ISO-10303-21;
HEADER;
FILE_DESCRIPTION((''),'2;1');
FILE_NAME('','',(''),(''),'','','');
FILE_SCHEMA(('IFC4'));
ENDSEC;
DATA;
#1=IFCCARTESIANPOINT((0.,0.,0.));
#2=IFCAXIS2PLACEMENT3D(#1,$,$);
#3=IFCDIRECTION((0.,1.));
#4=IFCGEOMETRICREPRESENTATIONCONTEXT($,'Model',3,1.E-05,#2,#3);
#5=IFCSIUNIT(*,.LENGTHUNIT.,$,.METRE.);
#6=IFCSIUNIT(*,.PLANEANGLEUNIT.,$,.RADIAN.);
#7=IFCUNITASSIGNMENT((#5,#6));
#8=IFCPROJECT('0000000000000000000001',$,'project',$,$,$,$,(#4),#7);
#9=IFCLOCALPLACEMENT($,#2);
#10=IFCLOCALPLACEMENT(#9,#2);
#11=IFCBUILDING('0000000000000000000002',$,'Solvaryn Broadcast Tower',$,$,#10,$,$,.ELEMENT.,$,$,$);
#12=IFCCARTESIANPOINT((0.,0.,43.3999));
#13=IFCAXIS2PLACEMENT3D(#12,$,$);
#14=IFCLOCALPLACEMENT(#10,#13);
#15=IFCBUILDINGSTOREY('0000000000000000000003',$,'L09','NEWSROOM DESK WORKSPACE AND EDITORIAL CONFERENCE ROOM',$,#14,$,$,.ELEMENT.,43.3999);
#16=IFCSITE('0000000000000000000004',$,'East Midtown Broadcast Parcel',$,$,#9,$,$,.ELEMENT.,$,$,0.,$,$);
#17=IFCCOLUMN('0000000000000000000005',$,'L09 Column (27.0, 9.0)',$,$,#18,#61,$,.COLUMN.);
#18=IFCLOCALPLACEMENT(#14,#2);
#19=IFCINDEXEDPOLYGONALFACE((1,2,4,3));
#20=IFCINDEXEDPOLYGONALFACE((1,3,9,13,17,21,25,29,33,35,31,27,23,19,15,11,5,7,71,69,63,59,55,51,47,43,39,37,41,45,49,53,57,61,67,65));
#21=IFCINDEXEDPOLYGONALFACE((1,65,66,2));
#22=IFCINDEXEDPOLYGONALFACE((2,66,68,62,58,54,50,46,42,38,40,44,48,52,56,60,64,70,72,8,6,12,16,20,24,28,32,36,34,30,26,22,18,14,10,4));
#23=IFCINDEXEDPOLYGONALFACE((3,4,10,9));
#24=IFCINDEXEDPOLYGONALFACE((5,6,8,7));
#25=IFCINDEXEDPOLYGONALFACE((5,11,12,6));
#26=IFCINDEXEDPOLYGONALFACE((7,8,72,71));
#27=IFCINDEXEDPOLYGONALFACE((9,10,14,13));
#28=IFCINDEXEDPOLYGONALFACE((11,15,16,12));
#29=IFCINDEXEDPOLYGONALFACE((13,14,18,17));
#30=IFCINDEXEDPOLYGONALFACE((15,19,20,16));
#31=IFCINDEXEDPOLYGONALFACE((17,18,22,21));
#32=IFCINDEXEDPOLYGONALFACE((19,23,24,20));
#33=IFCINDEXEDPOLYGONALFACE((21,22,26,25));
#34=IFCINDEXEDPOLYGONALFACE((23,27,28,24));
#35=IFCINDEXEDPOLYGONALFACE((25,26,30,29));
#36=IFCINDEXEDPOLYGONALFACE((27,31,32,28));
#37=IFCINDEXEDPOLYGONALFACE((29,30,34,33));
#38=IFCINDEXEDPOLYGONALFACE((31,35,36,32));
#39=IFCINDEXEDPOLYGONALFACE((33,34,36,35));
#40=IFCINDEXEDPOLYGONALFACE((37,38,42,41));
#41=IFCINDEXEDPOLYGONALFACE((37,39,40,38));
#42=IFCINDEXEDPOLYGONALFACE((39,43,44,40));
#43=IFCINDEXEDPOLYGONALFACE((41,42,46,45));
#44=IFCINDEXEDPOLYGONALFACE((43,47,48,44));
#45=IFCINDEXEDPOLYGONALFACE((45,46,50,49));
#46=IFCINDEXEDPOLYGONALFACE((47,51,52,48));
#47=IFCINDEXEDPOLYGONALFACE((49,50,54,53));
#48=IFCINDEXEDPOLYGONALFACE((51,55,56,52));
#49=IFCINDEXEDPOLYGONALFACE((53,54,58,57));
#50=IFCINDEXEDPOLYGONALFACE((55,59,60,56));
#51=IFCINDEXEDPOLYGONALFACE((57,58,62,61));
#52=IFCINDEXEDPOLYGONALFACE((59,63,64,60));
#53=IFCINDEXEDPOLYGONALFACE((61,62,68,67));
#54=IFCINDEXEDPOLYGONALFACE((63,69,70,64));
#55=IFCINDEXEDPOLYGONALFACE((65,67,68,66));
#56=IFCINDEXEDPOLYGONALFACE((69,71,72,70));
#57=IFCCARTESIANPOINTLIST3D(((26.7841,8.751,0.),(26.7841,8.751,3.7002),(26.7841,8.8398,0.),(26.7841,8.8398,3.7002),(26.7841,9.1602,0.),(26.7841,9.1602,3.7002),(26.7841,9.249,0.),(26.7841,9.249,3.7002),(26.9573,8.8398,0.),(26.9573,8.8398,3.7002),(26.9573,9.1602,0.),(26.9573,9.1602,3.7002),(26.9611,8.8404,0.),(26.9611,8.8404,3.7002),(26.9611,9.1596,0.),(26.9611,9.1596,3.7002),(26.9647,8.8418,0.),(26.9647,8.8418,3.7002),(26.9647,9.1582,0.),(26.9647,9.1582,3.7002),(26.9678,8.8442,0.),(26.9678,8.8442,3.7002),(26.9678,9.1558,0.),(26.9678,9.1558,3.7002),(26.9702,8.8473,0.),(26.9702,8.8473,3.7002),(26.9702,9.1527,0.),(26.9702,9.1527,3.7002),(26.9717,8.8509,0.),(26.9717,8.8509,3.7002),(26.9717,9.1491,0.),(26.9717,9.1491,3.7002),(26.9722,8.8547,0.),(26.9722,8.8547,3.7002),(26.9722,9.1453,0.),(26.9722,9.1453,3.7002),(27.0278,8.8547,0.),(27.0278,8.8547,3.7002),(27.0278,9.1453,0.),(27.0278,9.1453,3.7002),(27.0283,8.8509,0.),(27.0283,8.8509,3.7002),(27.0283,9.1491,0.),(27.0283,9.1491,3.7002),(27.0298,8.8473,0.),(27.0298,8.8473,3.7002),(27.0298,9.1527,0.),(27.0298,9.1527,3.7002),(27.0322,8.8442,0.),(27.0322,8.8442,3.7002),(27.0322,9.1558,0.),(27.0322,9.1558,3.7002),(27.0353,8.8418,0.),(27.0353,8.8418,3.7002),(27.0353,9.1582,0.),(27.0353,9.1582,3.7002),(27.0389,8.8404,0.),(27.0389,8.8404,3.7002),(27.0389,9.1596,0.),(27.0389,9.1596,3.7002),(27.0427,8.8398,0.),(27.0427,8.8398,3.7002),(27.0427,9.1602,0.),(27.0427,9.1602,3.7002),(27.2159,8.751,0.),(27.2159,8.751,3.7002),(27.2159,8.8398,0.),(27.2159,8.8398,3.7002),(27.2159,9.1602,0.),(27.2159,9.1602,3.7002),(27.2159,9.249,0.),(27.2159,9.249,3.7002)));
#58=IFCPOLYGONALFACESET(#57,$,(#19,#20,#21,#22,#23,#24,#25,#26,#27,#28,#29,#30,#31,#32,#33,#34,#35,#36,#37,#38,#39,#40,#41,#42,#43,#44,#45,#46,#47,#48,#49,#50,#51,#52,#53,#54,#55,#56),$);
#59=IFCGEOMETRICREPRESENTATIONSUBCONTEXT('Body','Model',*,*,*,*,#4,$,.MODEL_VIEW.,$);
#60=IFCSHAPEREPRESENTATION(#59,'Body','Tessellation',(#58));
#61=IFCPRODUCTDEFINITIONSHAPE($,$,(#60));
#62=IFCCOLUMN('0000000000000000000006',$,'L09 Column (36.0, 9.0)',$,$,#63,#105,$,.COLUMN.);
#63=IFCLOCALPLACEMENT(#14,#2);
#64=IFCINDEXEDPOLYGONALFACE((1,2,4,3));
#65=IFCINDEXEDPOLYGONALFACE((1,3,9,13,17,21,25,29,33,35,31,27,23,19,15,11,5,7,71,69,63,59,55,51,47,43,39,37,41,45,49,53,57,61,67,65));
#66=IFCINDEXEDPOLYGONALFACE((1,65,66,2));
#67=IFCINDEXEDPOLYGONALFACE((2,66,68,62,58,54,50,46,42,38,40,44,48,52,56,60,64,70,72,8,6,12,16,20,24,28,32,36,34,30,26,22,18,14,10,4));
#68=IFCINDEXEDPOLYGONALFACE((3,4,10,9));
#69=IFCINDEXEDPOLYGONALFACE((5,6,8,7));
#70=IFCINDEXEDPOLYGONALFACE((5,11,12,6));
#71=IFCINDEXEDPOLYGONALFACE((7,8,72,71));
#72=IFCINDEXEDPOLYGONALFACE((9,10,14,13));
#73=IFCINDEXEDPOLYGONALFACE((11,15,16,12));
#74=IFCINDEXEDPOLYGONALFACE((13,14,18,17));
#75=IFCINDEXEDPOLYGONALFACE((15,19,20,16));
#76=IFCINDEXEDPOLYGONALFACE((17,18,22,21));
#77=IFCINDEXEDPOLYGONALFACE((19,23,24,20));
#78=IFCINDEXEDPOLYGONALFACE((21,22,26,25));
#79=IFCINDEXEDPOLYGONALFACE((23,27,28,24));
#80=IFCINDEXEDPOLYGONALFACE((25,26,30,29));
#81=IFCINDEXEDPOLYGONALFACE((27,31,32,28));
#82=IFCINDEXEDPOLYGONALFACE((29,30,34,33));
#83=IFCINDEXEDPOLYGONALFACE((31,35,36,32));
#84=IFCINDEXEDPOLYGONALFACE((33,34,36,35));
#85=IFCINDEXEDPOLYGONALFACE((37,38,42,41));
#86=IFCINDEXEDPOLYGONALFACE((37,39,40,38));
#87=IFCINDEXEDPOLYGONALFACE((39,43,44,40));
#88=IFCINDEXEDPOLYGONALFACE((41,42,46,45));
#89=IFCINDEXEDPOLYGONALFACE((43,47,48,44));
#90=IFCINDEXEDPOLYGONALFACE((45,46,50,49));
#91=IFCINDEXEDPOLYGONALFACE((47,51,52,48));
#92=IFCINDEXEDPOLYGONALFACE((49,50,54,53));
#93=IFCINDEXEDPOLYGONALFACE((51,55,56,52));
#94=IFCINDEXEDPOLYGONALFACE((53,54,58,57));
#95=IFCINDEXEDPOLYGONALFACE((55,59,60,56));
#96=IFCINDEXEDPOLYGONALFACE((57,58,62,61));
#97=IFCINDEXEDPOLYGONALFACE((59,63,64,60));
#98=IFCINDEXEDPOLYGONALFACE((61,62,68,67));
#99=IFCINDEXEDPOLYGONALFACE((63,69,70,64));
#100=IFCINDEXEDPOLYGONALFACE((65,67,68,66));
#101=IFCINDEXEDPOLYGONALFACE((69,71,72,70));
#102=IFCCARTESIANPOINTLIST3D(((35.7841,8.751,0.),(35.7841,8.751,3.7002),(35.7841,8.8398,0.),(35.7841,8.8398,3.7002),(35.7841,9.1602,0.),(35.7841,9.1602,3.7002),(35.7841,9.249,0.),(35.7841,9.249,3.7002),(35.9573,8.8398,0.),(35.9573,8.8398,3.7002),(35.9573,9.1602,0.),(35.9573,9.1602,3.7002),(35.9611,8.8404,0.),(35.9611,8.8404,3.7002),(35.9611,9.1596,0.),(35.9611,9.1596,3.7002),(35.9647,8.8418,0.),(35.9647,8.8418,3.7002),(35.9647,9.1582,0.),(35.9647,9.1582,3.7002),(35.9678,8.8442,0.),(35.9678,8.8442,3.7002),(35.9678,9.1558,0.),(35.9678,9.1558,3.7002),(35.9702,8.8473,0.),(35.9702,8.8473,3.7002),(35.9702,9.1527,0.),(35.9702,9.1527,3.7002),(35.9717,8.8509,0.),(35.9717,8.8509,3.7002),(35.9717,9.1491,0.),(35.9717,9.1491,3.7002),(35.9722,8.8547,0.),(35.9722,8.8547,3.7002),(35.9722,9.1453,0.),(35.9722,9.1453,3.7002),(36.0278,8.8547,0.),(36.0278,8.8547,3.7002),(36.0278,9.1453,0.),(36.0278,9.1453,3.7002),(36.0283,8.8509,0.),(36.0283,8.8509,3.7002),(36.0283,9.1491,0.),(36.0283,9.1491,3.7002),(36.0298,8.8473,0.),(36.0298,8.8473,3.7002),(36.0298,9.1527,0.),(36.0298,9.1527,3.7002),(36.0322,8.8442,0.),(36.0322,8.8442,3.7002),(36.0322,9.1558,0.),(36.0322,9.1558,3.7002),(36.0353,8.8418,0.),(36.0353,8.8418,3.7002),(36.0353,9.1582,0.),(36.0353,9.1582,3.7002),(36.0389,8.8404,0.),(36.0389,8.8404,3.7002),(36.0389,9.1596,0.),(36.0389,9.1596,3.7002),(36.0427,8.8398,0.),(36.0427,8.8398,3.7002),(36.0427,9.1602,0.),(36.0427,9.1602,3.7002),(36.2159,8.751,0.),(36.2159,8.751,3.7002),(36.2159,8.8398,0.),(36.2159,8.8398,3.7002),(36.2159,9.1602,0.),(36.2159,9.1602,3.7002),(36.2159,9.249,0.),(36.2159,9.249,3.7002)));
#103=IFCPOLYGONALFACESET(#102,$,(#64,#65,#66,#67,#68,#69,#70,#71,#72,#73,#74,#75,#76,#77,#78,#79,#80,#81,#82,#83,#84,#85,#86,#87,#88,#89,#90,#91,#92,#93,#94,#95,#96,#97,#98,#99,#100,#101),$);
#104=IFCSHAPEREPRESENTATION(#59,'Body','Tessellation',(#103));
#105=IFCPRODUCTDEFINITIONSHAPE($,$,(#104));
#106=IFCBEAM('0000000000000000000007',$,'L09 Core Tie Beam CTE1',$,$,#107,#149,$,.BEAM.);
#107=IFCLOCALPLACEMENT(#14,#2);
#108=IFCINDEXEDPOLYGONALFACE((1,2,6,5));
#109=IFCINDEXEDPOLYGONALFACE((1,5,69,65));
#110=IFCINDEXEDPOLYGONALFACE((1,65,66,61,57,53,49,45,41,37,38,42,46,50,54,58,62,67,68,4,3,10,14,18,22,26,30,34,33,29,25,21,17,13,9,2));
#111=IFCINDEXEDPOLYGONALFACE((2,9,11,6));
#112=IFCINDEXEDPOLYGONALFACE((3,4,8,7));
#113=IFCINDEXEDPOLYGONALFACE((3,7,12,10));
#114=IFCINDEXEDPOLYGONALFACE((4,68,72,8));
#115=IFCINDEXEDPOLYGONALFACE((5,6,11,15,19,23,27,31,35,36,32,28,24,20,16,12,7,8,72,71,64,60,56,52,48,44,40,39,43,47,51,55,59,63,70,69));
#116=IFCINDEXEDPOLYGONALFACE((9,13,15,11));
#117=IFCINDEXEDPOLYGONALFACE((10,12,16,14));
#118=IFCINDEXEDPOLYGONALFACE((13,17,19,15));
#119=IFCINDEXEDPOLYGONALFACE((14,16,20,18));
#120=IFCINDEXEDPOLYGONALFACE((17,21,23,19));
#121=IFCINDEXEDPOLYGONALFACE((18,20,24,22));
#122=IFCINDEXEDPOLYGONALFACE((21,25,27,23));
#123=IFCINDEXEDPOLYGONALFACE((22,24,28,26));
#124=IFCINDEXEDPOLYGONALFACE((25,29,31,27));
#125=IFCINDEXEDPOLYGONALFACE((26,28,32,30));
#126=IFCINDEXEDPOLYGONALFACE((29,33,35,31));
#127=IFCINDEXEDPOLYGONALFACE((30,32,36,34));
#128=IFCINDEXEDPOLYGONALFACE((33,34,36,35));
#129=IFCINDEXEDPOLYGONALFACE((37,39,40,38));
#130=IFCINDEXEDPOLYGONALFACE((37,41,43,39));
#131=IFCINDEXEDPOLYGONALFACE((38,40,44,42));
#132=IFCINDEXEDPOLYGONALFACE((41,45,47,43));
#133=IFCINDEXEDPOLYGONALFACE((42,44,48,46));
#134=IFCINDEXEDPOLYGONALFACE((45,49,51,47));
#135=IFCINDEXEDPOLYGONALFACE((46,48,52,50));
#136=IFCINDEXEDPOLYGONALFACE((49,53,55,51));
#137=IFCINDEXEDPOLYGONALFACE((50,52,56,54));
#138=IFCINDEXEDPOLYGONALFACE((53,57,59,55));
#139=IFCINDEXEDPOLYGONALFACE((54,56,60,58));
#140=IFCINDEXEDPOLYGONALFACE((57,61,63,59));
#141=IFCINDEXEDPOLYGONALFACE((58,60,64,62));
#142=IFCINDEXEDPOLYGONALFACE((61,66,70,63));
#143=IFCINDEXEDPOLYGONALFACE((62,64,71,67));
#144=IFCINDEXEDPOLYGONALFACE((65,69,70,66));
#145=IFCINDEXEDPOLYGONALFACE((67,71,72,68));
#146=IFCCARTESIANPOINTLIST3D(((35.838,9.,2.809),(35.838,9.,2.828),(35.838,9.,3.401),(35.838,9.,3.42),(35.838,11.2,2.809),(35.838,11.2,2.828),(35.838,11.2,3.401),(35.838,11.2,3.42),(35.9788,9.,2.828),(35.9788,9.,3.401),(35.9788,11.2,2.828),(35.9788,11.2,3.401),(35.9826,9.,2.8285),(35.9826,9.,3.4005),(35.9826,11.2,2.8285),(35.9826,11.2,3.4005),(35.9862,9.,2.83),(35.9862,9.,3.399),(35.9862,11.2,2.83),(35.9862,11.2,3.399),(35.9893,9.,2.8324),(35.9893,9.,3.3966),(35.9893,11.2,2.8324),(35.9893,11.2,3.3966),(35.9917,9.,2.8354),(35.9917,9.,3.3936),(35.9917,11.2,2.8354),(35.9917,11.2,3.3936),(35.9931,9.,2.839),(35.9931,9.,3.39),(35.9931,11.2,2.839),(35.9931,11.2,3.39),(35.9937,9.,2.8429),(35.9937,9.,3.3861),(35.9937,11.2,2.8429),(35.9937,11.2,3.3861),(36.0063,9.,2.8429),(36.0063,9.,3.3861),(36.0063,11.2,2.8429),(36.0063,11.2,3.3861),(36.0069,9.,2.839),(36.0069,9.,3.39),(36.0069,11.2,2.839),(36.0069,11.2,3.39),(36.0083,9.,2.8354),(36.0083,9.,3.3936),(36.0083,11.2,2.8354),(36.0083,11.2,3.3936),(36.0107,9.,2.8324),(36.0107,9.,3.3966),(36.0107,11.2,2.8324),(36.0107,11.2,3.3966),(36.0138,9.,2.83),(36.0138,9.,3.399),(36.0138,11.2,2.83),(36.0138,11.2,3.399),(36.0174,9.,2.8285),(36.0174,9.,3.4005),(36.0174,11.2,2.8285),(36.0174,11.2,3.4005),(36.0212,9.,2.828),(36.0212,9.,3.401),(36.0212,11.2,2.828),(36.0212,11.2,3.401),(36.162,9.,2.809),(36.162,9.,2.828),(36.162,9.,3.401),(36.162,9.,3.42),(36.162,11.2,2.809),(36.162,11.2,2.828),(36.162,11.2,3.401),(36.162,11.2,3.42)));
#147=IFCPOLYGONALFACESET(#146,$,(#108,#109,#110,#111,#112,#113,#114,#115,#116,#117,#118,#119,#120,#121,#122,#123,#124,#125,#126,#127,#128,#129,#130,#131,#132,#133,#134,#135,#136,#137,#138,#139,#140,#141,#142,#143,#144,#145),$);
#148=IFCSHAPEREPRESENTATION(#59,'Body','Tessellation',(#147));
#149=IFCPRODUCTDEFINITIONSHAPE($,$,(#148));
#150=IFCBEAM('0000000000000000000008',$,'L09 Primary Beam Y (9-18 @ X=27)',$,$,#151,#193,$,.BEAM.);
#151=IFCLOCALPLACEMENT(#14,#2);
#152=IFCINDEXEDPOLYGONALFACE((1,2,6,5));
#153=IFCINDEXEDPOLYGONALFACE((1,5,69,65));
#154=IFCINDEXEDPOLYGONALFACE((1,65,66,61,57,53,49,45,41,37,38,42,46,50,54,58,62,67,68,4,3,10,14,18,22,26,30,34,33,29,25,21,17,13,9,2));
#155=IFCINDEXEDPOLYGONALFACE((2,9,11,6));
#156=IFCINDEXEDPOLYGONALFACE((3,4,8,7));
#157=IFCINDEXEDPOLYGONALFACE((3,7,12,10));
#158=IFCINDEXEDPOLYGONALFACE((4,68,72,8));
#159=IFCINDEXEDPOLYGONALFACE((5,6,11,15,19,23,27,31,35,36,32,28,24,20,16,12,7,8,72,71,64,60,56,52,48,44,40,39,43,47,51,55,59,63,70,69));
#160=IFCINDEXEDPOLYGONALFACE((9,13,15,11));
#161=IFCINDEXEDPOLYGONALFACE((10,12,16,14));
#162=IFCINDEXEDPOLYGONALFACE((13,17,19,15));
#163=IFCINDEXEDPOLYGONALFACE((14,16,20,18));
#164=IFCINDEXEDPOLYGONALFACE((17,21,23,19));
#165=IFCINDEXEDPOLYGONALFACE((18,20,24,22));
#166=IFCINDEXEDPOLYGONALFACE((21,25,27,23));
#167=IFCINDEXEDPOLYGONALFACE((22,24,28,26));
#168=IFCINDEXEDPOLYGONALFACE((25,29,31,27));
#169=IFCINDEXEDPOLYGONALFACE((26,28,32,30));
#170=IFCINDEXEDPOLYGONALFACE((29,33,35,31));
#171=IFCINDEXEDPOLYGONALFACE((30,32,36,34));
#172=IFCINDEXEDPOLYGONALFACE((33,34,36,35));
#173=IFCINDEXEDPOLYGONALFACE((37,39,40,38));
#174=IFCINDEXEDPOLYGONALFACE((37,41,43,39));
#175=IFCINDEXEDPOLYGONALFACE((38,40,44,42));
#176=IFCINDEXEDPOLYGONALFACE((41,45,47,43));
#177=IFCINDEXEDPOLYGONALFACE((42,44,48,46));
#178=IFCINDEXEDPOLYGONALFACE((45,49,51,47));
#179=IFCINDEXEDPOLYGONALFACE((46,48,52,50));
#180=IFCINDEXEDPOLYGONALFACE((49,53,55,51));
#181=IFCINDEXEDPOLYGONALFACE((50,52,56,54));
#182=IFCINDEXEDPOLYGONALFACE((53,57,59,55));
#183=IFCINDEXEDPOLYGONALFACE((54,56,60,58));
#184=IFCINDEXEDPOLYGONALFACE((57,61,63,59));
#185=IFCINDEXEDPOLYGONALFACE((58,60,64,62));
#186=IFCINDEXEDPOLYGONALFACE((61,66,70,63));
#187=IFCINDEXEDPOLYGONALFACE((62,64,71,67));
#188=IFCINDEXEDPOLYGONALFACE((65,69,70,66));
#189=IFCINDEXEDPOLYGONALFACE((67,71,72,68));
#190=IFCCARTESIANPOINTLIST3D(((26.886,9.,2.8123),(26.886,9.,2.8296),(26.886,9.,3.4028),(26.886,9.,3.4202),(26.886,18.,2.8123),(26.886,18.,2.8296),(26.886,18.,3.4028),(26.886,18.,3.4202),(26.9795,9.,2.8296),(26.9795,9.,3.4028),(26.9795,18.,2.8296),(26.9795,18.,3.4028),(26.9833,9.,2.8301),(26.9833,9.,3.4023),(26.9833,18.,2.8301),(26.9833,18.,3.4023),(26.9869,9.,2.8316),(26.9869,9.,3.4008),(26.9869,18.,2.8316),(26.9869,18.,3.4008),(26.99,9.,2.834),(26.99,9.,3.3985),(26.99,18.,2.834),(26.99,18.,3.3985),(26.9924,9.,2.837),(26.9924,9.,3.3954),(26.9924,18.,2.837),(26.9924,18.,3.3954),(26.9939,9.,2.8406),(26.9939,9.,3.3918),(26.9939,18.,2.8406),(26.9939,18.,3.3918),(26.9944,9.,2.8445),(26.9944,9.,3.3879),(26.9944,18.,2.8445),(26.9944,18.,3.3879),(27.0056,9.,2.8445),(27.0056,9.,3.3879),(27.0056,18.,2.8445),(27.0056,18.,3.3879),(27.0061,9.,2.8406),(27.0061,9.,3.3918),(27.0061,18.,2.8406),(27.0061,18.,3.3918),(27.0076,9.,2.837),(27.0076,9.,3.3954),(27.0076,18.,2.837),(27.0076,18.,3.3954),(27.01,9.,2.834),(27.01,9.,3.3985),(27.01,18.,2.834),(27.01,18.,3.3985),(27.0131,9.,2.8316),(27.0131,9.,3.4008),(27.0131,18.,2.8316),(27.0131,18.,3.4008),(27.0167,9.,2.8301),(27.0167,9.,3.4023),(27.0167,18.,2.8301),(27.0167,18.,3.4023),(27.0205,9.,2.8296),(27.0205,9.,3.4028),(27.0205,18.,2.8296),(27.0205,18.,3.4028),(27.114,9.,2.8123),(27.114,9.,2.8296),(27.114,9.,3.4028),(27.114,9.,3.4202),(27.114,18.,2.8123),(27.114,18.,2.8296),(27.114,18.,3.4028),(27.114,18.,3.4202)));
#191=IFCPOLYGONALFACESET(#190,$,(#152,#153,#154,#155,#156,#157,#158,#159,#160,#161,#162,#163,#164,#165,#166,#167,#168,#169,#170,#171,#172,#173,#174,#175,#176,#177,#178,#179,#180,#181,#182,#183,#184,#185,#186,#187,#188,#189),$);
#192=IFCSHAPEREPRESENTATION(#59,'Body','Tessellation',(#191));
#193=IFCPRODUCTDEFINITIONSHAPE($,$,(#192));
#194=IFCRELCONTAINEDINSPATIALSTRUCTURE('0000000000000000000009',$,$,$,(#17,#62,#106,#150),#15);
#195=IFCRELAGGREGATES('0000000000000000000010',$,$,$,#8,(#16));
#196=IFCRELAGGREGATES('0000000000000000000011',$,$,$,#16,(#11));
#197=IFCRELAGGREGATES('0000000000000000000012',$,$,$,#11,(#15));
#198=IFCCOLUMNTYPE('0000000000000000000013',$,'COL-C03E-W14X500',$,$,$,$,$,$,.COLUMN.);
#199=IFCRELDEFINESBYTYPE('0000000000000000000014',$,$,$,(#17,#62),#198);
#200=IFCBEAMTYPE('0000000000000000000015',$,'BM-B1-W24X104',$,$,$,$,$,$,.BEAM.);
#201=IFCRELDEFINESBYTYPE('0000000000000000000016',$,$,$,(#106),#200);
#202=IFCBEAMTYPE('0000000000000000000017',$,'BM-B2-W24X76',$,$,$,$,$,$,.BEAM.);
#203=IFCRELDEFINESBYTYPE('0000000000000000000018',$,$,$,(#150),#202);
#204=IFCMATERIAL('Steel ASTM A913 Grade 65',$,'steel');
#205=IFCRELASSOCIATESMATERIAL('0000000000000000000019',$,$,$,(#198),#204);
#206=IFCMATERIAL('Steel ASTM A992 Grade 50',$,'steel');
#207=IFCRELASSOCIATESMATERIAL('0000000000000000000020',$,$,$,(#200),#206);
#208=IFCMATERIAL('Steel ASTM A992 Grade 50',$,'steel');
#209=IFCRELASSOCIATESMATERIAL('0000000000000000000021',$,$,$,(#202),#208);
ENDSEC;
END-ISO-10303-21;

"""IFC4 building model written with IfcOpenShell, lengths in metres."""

from ifc_helpers import new_model, si_unit, direction, frame, origin, origin_2d, place, context, subcontext, project, spatial, i_section, extrude, material, material_profile, profile_set, type_object, element, save


model = new_model("IFC4")

# Units and contexts
model_context = context("Model", 3, precision=1e-05, world=origin(), true_north=direction((0.0, 1.0)))
body_context = subcontext(model_context, "Body", "Model", "MODEL_VIEW")
ifc_project = project(units=[si_unit("LENGTHUNIT", "METRE"), si_unit("PLANEANGLEUNIT", "RADIAN")], contexts=[model_context])

# Site, building, storey
site_placement = place(None, origin())
site = spatial("IfcSite", under=ifc_project, at=site_placement, Name="East Midtown Broadcast Parcel", CompositionType="ELEMENT", RefElevation=0.0)
building_placement = place(site_placement, origin())
building = spatial("IfcBuilding", under=site, at=building_placement, Name="Solvaryn Broadcast Tower", CompositionType="ELEMENT")
storey_placement = place(building_placement, frame((0.0, 0.0, 43.3999)))
storey = spatial("IfcBuildingStorey", under=building, at=storey_placement, Name="L09", Description="NEWSROOM DESK WORKSPACE AND EDITORIAL CONFERENCE ROOM", CompositionType="ELEMENT", Elevation=43.3999)

# Columns
ifc_material_1 = material(Name="Steel ASTM A913 Grade 65", Category="steel")
ifc_material_profile_1 = material_profile(ifc_material_1, i_section(OverallWidth=0.4319, OverallDepth=0.498, WebThickness=0.0557, FlangeThickness=0.0889, FilletRadius=0.0149, at=origin_2d()))
ifc_profile_set_1 = profile_set([ifc_material_profile_1], Name="Steel ASTM A913 Grade 65")
column_type = type_object("IfcColumnType", Name="COL-C03E-W14X500", PredefinedType="COLUMN", material=ifc_profile_set_1)
for number, where, z_axis, x_axis, name in (
    (1, (27.0, 9.0, 0.0), (0.0, 0.0, 1.0), (1.0, 0.0, 0.0), "L09 Column (27.0, 9.0)"),
    (2, (36.0, 9.0, 0.0), (0.0, 0.0, 1.0), (1.0, 0.0, 0.0), "L09 Column (36.0, 9.0)"),
):
    element("IfcColumn", number, at=place(storey_placement, frame(where, z_axis=z_axis, x_axis=x_axis)), inside=storey, type_object=column_type, Name=name, PredefinedType="COLUMN", context=body_context, shape_type="SweptSolid", body=[
        extrude(i_section(OverallWidth=0.4319, OverallDepth=0.498, WebThickness=0.0557, FlangeThickness=0.0889, FilletRadius=0.0149, at=origin_2d()), origin(), (0.0, 0.0, 1.0), 3.7002),
    ])

# Beams
ifc_material_2 = material(Name="Steel ASTM A992 Grade 50", Category="steel")
ifc_material_profile_2 = material_profile(ifc_material_2, i_section(OverallWidth=0.324, OverallDepth=0.6111, WebThickness=0.0127, FlangeThickness=0.019, FilletRadius=0.0149, at=origin_2d()))
ifc_profile_set_2 = profile_set([ifc_material_profile_2], Name="Steel ASTM A992 Grade 50")
beam_type_1 = type_object("IfcBeamType", Name="BM-B1-W24X104", PredefinedType="BEAM", material=ifc_profile_set_2)
beam_1_placement = place(storey_placement, frame((36.0, 9.0, 3.1145), z_axis=(0.0, 1.0, 0.0), x_axis=(-1.0, 0.0, 0.0)))
element("IfcBeam", 3, at=beam_1_placement, inside=storey, type_object=beam_type_1, Name="L09 Core Tie Beam CTE1", PredefinedType="BEAM", context=body_context, shape_type="SweptSolid", body=[
    extrude(i_section(OverallWidth=0.324, OverallDepth=0.6111, WebThickness=0.0127, FlangeThickness=0.019, FilletRadius=0.0149, at=origin_2d()), origin(), (0.0, 0.0, 1.0), 2.2),
])
ifc_material_3 = material(Name="Steel ASTM A992 Grade 50", Category="steel")
ifc_material_profile_3 = material_profile(ifc_material_3, i_section(OverallWidth=0.228, OverallDepth=0.6079, WebThickness=0.0112, FlangeThickness=0.0173, FilletRadius=0.0149, at=origin_2d()))
ifc_profile_set_3 = profile_set([ifc_material_profile_3], Name="Steel ASTM A992 Grade 50")
beam_type_2 = type_object("IfcBeamType", Name="BM-B2-W24X76", PredefinedType="BEAM", material=ifc_profile_set_3)
beam_2_placement = place(storey_placement, frame((27.0, 9.0, 3.1162), z_axis=(0.0, 1.0, 0.0), x_axis=(-1.0, 0.0, 0.0)))
element("IfcBeam", 4, at=beam_2_placement, inside=storey, type_object=beam_type_2, Name="L09 Primary Beam Y (9-18 @ X=27)", PredefinedType="BEAM", context=body_context, shape_type="SweptSolid", body=[
    extrude(i_section(OverallWidth=0.228, OverallDepth=0.6079, WebThickness=0.0112, FlangeThickness=0.0173, FilletRadius=0.0149, at=origin_2d()), origin(), (0.0, 0.0, 1.0), 9.0),
])

save(model, "model.ifc")
